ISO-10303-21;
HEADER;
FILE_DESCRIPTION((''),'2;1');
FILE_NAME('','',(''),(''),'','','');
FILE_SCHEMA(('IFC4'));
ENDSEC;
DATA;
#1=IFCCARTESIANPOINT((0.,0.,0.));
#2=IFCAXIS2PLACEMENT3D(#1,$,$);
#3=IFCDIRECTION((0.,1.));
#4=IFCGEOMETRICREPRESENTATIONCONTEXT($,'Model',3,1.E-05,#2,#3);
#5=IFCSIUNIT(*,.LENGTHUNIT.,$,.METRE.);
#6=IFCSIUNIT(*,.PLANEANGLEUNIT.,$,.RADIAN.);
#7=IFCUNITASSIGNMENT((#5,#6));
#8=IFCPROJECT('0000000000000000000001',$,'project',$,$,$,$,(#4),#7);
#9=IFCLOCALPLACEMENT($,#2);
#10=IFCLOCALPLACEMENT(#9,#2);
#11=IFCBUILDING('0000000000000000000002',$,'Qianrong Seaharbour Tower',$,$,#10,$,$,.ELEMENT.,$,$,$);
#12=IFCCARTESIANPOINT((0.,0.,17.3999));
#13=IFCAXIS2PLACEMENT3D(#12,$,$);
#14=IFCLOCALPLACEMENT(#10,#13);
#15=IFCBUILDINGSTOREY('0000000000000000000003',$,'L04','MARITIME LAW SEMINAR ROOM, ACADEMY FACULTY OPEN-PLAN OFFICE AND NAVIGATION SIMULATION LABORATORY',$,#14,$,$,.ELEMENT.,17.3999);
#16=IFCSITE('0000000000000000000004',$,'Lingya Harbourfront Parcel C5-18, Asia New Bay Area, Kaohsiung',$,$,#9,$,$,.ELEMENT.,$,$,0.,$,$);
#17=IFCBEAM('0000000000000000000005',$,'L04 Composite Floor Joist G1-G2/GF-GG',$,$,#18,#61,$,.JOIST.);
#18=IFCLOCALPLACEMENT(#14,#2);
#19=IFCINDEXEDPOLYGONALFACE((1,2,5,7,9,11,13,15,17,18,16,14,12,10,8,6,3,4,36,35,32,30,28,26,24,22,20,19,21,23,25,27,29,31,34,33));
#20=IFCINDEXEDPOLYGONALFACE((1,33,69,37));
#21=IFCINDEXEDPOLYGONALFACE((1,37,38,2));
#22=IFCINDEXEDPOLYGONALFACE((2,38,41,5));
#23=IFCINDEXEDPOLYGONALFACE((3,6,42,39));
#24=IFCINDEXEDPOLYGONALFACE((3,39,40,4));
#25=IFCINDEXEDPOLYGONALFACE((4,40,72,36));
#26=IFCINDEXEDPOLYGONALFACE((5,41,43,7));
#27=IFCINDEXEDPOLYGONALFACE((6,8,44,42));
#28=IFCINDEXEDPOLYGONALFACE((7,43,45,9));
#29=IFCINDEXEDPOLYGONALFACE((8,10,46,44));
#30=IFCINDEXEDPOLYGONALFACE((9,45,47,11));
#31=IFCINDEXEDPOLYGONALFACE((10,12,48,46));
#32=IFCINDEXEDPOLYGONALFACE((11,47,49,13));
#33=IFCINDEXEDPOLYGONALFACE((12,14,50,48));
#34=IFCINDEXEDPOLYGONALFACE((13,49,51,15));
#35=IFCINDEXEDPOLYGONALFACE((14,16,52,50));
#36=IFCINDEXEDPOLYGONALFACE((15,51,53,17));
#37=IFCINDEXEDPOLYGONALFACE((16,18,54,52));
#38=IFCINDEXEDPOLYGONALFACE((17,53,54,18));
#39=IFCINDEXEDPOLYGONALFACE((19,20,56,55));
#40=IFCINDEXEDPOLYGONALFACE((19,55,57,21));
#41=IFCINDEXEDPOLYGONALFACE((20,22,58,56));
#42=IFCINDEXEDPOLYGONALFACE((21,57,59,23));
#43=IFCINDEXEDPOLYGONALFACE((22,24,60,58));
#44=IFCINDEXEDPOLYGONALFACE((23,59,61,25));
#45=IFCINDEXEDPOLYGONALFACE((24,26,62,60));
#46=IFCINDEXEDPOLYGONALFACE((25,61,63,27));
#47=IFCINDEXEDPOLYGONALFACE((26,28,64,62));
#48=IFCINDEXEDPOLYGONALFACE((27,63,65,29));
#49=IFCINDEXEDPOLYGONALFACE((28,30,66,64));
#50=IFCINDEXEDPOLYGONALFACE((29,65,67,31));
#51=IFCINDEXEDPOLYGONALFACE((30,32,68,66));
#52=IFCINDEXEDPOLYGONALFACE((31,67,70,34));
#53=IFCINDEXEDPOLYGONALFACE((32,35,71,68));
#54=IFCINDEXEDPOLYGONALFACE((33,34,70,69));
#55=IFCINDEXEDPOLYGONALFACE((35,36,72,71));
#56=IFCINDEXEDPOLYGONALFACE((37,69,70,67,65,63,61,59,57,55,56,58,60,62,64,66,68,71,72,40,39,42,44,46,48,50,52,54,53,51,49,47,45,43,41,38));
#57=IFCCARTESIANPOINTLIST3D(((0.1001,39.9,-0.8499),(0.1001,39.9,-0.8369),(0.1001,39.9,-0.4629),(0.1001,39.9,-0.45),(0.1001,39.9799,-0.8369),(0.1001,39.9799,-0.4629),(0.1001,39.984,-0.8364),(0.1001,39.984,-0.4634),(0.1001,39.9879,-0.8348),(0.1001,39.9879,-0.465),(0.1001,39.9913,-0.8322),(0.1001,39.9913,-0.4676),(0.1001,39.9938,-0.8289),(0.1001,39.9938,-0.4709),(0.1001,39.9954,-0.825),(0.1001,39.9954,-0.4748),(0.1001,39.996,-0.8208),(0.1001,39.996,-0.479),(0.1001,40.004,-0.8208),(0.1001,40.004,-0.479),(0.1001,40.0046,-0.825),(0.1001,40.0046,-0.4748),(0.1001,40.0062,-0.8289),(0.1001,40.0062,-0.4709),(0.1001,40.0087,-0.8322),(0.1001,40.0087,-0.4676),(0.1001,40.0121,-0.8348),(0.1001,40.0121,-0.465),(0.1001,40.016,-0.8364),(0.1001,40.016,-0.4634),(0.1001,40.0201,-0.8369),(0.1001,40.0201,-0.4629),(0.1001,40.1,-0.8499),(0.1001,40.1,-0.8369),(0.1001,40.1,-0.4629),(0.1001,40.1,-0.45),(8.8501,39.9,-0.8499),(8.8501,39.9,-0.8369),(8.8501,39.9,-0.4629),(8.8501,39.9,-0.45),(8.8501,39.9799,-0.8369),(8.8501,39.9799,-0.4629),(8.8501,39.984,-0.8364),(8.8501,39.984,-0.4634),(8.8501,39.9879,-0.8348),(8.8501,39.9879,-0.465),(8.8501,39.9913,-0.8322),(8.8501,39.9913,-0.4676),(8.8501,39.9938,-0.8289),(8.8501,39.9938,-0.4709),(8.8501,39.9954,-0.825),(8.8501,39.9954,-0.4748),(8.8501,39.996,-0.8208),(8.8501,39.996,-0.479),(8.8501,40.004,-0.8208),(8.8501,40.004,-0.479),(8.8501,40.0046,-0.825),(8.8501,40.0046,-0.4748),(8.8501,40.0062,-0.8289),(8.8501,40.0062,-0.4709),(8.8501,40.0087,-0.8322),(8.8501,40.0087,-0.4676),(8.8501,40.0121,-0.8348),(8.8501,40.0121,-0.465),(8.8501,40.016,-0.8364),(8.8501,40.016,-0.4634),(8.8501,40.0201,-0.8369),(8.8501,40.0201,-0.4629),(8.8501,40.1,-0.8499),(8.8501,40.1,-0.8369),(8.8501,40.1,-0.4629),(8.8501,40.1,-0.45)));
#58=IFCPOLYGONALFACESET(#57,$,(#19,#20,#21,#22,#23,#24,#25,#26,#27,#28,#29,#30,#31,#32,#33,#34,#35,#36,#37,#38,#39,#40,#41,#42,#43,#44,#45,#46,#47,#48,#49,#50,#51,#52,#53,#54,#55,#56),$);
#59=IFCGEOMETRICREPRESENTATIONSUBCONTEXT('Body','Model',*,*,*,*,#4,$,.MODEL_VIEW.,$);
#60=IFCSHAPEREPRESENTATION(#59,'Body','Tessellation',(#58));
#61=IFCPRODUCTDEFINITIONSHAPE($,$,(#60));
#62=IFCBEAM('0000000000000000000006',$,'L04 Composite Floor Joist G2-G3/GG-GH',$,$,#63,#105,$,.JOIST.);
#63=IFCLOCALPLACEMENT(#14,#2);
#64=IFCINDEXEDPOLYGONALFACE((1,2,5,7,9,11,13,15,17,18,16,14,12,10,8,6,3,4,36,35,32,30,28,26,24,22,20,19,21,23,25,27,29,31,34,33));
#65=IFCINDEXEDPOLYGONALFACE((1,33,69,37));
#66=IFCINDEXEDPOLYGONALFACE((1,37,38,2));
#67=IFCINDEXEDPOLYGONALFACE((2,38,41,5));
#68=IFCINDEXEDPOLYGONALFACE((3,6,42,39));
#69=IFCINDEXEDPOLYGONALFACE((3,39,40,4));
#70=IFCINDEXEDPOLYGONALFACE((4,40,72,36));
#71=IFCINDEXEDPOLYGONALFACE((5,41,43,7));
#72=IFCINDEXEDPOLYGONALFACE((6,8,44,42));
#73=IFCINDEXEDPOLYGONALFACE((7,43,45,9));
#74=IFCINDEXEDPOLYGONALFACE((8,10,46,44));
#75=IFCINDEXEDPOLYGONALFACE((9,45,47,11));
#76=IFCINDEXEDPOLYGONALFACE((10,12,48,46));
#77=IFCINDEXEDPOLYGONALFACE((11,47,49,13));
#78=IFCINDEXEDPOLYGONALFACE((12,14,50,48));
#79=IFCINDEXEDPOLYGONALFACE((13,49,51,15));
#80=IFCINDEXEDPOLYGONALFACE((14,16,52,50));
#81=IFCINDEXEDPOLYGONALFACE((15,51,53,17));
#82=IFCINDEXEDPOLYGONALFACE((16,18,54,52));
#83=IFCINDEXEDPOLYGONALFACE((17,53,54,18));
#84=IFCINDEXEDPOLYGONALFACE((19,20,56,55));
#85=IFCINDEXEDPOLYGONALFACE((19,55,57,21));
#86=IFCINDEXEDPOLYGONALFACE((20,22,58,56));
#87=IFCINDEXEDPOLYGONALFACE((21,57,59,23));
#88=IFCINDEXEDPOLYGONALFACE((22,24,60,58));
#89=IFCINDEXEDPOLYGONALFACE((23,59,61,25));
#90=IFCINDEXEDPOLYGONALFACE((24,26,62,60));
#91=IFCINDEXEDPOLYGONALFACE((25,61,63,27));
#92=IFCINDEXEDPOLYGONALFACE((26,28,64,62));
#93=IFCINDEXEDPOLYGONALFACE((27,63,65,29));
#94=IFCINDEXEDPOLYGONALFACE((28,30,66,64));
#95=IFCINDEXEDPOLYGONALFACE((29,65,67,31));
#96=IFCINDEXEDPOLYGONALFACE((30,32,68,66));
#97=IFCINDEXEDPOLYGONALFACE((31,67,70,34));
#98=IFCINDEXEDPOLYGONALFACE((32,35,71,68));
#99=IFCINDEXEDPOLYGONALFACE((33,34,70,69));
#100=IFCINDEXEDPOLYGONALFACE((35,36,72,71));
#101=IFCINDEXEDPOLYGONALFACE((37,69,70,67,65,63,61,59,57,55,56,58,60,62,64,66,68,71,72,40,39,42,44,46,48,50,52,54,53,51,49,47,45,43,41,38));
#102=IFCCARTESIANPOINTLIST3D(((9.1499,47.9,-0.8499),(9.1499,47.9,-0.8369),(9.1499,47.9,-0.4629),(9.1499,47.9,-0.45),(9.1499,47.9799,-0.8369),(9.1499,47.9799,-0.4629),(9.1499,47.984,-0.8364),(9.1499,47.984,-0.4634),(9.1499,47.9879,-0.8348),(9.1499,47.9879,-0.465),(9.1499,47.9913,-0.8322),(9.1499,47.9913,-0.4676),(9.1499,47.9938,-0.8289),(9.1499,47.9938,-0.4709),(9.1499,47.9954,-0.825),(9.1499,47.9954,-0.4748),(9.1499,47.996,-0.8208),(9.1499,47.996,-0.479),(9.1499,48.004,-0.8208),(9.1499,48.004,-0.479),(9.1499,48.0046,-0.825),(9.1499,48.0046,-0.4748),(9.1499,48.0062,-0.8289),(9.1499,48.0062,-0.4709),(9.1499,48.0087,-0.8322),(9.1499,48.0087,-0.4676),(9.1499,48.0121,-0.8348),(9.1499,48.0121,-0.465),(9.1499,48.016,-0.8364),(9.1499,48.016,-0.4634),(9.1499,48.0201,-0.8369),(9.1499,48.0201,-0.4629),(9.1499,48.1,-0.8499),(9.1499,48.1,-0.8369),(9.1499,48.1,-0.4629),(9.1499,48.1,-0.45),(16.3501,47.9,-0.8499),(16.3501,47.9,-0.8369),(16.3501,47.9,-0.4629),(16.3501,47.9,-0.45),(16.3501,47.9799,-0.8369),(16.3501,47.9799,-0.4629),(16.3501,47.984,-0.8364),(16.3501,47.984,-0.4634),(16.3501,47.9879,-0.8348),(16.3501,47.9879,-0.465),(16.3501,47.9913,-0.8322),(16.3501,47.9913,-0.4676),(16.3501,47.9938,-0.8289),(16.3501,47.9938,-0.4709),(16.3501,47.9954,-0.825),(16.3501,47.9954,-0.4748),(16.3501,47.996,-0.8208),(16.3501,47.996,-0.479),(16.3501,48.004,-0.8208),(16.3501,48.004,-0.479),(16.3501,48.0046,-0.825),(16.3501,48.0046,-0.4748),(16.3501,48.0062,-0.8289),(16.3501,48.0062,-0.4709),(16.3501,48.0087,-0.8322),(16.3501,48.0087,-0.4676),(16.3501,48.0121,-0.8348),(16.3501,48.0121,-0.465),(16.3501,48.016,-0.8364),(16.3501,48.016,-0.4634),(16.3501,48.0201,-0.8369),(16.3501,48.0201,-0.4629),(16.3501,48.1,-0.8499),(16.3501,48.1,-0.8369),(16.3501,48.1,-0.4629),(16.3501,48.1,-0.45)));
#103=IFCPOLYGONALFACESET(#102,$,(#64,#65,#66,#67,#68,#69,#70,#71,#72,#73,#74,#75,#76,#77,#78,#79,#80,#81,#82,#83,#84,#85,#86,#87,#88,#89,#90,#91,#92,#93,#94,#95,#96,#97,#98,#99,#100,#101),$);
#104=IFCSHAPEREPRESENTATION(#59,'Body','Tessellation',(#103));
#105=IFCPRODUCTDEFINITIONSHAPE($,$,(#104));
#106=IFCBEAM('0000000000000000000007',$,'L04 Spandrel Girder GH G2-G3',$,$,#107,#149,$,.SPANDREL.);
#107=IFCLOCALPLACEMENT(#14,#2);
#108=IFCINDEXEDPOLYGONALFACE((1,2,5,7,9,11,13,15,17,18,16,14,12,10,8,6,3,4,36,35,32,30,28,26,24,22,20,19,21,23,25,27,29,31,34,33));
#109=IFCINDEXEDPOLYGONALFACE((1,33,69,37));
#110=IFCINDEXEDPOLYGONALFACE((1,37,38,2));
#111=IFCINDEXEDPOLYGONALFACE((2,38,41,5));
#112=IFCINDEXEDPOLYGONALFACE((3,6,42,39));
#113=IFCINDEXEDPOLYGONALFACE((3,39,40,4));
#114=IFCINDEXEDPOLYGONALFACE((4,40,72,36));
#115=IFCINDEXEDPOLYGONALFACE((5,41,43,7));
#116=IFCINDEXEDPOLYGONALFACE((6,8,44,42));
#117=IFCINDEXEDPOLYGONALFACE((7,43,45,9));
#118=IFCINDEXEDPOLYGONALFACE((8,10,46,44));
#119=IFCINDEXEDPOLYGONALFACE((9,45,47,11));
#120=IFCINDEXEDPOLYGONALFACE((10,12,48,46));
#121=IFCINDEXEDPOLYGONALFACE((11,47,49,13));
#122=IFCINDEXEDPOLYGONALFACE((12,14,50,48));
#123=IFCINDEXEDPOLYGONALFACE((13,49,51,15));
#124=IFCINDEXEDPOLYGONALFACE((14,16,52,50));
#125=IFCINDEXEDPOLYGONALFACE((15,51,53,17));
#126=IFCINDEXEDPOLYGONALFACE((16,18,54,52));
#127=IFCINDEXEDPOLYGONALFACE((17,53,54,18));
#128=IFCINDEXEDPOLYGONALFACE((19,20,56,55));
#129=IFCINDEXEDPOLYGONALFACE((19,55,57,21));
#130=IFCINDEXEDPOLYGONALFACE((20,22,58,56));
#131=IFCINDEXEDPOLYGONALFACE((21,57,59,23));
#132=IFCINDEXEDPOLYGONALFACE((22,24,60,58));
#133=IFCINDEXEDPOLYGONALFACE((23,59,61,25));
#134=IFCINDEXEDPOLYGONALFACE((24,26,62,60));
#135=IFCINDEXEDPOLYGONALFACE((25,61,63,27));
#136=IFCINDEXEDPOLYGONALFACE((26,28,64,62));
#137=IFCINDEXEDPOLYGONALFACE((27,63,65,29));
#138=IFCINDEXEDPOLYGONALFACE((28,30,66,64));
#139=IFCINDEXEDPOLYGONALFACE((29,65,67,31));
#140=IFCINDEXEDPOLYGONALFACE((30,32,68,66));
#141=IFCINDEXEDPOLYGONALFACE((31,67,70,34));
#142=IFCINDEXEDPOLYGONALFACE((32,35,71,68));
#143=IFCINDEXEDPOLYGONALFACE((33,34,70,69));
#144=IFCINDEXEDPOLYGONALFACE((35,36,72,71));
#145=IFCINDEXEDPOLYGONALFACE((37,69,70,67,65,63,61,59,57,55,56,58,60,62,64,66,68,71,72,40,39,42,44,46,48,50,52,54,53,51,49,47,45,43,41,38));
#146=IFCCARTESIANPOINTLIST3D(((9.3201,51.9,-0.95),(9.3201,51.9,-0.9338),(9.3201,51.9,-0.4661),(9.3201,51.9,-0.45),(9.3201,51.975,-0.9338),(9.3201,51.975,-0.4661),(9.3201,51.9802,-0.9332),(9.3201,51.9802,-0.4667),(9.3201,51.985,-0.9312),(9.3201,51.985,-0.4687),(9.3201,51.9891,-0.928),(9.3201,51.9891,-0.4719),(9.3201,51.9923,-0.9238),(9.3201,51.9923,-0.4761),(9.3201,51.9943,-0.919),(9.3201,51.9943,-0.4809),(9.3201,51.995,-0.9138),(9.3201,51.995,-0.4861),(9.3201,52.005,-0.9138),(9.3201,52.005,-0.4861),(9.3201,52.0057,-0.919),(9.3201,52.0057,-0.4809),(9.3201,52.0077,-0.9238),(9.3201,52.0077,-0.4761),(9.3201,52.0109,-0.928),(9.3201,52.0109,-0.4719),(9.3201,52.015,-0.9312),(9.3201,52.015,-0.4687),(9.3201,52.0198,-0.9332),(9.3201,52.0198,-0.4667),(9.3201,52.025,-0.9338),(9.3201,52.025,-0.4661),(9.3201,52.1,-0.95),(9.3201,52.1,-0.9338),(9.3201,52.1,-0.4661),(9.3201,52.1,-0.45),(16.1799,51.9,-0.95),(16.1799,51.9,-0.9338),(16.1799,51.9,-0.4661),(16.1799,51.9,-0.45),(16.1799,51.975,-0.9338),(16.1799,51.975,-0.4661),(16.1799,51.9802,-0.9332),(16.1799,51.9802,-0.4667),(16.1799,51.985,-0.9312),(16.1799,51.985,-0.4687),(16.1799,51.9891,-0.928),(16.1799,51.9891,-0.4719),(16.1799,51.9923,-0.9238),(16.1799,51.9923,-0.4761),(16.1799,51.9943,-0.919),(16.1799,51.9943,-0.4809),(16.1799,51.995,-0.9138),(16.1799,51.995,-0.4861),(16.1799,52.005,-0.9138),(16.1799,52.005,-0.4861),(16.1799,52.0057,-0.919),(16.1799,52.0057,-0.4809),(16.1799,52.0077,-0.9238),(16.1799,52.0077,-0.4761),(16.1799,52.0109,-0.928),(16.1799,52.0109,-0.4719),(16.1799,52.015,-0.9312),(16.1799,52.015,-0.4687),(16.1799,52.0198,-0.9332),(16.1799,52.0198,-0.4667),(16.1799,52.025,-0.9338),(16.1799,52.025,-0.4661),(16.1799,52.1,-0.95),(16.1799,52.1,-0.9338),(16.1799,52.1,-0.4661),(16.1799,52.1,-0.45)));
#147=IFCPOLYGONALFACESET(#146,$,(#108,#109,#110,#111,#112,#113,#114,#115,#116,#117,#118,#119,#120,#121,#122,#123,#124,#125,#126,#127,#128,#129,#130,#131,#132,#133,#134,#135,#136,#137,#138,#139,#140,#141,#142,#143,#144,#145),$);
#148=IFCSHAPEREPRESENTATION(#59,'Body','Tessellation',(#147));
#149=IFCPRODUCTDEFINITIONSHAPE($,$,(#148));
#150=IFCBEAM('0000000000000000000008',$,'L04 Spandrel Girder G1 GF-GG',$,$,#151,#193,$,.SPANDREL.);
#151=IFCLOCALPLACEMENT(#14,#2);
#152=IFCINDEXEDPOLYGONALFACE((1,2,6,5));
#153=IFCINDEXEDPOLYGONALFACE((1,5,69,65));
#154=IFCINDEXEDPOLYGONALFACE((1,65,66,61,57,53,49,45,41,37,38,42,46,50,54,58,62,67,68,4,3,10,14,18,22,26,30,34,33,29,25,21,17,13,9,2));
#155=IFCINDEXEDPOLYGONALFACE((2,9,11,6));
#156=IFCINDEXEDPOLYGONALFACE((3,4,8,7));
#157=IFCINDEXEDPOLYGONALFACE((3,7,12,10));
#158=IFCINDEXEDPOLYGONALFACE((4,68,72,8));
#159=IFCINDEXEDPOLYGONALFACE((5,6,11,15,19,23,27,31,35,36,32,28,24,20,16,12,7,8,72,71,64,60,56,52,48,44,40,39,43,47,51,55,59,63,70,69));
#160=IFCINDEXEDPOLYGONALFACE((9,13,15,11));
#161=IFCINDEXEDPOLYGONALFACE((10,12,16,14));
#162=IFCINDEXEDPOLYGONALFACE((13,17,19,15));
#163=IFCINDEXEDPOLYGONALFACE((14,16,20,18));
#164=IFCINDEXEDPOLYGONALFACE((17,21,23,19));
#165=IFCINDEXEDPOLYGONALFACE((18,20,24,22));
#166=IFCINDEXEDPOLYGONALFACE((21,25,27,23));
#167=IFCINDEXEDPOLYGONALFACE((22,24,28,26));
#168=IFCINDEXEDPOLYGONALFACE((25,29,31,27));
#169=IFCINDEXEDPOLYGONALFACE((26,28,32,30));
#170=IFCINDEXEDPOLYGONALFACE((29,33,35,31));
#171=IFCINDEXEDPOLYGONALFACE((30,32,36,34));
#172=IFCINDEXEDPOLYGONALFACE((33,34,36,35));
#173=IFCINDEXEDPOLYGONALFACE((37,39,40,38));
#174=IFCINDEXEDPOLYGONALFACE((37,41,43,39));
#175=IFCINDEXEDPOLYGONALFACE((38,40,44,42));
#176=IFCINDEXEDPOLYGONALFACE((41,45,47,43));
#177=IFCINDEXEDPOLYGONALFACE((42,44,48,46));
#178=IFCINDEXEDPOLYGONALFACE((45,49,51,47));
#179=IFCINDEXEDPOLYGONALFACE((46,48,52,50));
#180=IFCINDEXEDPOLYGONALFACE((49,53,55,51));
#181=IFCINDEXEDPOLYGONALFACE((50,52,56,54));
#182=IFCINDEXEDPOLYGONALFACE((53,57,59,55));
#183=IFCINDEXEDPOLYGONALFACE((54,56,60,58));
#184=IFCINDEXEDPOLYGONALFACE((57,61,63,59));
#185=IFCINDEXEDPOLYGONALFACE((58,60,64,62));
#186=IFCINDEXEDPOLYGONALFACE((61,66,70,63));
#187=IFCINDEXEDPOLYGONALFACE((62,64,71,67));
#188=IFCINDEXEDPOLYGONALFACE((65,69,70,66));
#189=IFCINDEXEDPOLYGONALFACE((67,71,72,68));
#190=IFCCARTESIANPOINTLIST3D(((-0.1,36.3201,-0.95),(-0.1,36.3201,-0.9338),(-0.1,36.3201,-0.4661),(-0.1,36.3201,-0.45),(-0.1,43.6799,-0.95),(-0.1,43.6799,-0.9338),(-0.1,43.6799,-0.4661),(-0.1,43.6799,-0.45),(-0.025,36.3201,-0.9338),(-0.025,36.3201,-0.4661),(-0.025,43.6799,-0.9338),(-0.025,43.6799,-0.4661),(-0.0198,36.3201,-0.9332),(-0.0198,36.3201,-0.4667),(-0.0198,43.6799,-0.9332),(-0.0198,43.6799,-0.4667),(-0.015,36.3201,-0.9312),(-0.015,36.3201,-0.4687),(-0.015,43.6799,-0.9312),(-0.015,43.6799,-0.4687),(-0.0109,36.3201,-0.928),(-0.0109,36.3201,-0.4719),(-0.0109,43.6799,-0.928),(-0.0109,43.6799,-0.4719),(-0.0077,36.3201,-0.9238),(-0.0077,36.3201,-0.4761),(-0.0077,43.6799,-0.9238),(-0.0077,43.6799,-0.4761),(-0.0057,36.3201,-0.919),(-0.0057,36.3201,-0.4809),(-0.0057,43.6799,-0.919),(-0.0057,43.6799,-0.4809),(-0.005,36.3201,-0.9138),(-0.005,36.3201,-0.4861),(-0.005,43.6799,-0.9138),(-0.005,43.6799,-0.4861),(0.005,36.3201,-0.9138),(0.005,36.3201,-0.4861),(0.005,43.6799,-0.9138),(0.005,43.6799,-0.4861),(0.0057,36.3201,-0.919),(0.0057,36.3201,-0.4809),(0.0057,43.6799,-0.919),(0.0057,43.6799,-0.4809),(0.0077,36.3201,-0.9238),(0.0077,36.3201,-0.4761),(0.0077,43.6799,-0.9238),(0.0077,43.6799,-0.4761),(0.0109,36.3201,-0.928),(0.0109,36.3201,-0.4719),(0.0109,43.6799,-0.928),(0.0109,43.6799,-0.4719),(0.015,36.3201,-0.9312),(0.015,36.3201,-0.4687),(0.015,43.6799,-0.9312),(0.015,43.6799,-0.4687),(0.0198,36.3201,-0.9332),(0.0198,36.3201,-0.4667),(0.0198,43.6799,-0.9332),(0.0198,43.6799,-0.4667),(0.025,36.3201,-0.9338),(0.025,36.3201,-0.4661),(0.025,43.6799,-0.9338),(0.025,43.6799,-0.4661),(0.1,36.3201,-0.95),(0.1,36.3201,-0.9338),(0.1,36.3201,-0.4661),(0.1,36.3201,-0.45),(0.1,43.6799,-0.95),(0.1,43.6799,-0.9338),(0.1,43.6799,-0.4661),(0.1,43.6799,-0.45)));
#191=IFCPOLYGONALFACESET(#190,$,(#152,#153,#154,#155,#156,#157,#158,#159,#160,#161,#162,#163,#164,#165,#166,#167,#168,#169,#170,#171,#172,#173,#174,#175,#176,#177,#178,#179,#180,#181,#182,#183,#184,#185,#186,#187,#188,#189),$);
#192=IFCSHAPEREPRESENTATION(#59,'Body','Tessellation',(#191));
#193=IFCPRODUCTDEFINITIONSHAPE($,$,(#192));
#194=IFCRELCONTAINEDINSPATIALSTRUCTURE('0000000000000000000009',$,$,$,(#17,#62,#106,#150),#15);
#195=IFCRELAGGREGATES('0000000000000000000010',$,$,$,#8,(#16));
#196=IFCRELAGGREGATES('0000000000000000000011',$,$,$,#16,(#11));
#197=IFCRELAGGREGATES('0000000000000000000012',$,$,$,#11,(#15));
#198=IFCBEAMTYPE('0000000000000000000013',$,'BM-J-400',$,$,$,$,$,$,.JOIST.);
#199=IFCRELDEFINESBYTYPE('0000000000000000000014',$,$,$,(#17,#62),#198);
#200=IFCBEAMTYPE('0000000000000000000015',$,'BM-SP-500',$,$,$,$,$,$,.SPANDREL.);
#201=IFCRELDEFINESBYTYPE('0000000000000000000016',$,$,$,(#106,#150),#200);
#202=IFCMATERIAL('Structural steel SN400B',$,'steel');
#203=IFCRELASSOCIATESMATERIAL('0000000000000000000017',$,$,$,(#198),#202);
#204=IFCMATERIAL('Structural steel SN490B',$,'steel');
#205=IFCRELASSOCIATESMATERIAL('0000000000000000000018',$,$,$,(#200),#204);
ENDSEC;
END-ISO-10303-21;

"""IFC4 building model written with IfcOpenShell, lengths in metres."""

from ifc_helpers import new_model, si_unit, direction, frame, origin, origin_2d, place, context, subcontext, project, spatial, i_section, extrude, material, material_profile, profile_set, type_object, element, save


model = new_model("IFC4")

# Units and contexts
model_context = context("Model", 3, precision=1e-05, world=origin(), true_north=direction((0.0, 1.0)))
body_context = subcontext(model_context, "Body", "Model", "MODEL_VIEW")
ifc_project = project(units=[si_unit("LENGTHUNIT", "METRE"), si_unit("PLANEANGLEUNIT", "RADIAN")], contexts=[model_context])

# Site, building, storey
site_placement = place(None, origin())
site = spatial("IfcSite", under=ifc_project, at=site_placement, Name="Lingya Harbourfront Parcel C5-18, Asia New Bay Area, Kaohsiung", CompositionType="ELEMENT", RefElevation=0.0)
building_placement = place(site_placement, origin())
building = spatial("IfcBuilding", under=site, at=building_placement, Name="Qianrong Seaharbour Tower", CompositionType="ELEMENT")
storey_placement = place(building_placement, frame((0.0, 0.0, 17.3999)))
storey = spatial("IfcBuildingStorey", under=building, at=storey_placement, Name="L04", Description="MARITIME LAW SEMINAR ROOM, ACADEMY FACULTY OPEN-PLAN OFFICE AND NAVIGATION SIMULATION LABORATORY", CompositionType="ELEMENT", Elevation=17.3999)

# Shared definitions
ifc_material_1 = material(Name="Structural steel SN490B", Category="steel")

# Beams
ifc_material_2 = material(Name="Structural steel SN400B", Category="steel")
ifc_material_profile_1 = material_profile(ifc_material_2, i_section(OverallWidth=0.2, OverallDepth=0.3999, WebThickness=0.0081, FlangeThickness=0.0129, FilletRadius=0.0161, at=origin_2d()), Name="H400x200x8x13")
ifc_profile_set_1 = profile_set([ifc_material_profile_1], Name="Structural steel SN400B")
beam_type_1 = type_object("IfcBeamType", Name="BM-J-400", PredefinedType="JOIST", material=ifc_profile_set_1)
beam_1_placement = place(storey_placement, frame((0.1001, 40.0, -0.6499), z_axis=(1.0, 0.0, 0.0), x_axis=(0.0, 1.0, 0.0)))
element("IfcBeam", 1, at=beam_1_placement, inside=storey, type_object=beam_type_1, Name="L04 Composite Floor Joist G1-G2/GF-GG", PredefinedType="JOIST", context=body_context, shape_type="SweptSolid", body=[
    extrude(i_section(OverallWidth=0.2, OverallDepth=0.3999, WebThickness=0.0081, FlangeThickness=0.0129, FilletRadius=0.0161, at=origin_2d()), origin(), (0.0, 0.0, 1.0), 8.75),
])
beam_2_placement = place(storey_placement, frame((9.1499, 48.0, -0.6499), z_axis=(1.0, 0.0, 0.0), x_axis=(0.0, 1.0, 0.0)))
element("IfcBeam", 2, at=beam_2_placement, inside=storey, type_object=beam_type_1, Name="L04 Composite Floor Joist G2-G3/GG-GH", PredefinedType="JOIST", context=body_context, shape_type="SweptSolid", body=[
    extrude(i_section(OverallWidth=0.2, OverallDepth=0.3999, WebThickness=0.0081, FlangeThickness=0.0129, FilletRadius=0.0161, at=origin_2d()), origin(), (0.0, 0.0, 1.0), 7.2002),
])
ifc_material_profile_2 = material_profile(ifc_material_1, i_section(OverallWidth=0.2, OverallDepth=0.5, WebThickness=0.01, FlangeThickness=0.0161, FilletRadius=0.02, at=origin_2d()), Name="H500x200x10x16")
ifc_profile_set_2 = profile_set([ifc_material_profile_2], Name="Structural steel SN490B")
beam_type_2 = type_object("IfcBeamType", Name="BM-SP-500", PredefinedType="SPANDREL", material=ifc_profile_set_2)
beam_3_placement = place(storey_placement, frame((9.3201, 52.0, -0.7), z_axis=(1.0, 0.0, 0.0), x_axis=(0.0, 1.0, 0.0)))
element("IfcBeam", 3, at=beam_3_placement, inside=storey, type_object=beam_type_2, Name="L04 Spandrel Girder GH G2-G3", PredefinedType="SPANDREL", context=body_context, shape_type="SweptSolid", body=[
    extrude(i_section(OverallWidth=0.2, OverallDepth=0.5, WebThickness=0.01, FlangeThickness=0.0161, FilletRadius=0.02, at=origin_2d()), origin(), (0.0, 0.0, 1.0), 6.8599),
])
beam_4_placement = place(storey_placement, frame((0.0, 36.3201, -0.7), z_axis=(0.0, 1.0, 0.0), x_axis=(-1.0, 0.0, 0.0)))
element("IfcBeam", 4, at=beam_4_placement, inside=storey, type_object=beam_type_2, Name="L04 Spandrel Girder G1 GF-GG", PredefinedType="SPANDREL", context=body_context, shape_type="SweptSolid", body=[
    extrude(i_section(OverallWidth=0.2, OverallDepth=0.5, WebThickness=0.01, FlangeThickness=0.0161, FilletRadius=0.02, at=origin_2d()), origin(), (0.0, 0.0, 1.0), 7.3599),
])

save(model, "model.ifc")
